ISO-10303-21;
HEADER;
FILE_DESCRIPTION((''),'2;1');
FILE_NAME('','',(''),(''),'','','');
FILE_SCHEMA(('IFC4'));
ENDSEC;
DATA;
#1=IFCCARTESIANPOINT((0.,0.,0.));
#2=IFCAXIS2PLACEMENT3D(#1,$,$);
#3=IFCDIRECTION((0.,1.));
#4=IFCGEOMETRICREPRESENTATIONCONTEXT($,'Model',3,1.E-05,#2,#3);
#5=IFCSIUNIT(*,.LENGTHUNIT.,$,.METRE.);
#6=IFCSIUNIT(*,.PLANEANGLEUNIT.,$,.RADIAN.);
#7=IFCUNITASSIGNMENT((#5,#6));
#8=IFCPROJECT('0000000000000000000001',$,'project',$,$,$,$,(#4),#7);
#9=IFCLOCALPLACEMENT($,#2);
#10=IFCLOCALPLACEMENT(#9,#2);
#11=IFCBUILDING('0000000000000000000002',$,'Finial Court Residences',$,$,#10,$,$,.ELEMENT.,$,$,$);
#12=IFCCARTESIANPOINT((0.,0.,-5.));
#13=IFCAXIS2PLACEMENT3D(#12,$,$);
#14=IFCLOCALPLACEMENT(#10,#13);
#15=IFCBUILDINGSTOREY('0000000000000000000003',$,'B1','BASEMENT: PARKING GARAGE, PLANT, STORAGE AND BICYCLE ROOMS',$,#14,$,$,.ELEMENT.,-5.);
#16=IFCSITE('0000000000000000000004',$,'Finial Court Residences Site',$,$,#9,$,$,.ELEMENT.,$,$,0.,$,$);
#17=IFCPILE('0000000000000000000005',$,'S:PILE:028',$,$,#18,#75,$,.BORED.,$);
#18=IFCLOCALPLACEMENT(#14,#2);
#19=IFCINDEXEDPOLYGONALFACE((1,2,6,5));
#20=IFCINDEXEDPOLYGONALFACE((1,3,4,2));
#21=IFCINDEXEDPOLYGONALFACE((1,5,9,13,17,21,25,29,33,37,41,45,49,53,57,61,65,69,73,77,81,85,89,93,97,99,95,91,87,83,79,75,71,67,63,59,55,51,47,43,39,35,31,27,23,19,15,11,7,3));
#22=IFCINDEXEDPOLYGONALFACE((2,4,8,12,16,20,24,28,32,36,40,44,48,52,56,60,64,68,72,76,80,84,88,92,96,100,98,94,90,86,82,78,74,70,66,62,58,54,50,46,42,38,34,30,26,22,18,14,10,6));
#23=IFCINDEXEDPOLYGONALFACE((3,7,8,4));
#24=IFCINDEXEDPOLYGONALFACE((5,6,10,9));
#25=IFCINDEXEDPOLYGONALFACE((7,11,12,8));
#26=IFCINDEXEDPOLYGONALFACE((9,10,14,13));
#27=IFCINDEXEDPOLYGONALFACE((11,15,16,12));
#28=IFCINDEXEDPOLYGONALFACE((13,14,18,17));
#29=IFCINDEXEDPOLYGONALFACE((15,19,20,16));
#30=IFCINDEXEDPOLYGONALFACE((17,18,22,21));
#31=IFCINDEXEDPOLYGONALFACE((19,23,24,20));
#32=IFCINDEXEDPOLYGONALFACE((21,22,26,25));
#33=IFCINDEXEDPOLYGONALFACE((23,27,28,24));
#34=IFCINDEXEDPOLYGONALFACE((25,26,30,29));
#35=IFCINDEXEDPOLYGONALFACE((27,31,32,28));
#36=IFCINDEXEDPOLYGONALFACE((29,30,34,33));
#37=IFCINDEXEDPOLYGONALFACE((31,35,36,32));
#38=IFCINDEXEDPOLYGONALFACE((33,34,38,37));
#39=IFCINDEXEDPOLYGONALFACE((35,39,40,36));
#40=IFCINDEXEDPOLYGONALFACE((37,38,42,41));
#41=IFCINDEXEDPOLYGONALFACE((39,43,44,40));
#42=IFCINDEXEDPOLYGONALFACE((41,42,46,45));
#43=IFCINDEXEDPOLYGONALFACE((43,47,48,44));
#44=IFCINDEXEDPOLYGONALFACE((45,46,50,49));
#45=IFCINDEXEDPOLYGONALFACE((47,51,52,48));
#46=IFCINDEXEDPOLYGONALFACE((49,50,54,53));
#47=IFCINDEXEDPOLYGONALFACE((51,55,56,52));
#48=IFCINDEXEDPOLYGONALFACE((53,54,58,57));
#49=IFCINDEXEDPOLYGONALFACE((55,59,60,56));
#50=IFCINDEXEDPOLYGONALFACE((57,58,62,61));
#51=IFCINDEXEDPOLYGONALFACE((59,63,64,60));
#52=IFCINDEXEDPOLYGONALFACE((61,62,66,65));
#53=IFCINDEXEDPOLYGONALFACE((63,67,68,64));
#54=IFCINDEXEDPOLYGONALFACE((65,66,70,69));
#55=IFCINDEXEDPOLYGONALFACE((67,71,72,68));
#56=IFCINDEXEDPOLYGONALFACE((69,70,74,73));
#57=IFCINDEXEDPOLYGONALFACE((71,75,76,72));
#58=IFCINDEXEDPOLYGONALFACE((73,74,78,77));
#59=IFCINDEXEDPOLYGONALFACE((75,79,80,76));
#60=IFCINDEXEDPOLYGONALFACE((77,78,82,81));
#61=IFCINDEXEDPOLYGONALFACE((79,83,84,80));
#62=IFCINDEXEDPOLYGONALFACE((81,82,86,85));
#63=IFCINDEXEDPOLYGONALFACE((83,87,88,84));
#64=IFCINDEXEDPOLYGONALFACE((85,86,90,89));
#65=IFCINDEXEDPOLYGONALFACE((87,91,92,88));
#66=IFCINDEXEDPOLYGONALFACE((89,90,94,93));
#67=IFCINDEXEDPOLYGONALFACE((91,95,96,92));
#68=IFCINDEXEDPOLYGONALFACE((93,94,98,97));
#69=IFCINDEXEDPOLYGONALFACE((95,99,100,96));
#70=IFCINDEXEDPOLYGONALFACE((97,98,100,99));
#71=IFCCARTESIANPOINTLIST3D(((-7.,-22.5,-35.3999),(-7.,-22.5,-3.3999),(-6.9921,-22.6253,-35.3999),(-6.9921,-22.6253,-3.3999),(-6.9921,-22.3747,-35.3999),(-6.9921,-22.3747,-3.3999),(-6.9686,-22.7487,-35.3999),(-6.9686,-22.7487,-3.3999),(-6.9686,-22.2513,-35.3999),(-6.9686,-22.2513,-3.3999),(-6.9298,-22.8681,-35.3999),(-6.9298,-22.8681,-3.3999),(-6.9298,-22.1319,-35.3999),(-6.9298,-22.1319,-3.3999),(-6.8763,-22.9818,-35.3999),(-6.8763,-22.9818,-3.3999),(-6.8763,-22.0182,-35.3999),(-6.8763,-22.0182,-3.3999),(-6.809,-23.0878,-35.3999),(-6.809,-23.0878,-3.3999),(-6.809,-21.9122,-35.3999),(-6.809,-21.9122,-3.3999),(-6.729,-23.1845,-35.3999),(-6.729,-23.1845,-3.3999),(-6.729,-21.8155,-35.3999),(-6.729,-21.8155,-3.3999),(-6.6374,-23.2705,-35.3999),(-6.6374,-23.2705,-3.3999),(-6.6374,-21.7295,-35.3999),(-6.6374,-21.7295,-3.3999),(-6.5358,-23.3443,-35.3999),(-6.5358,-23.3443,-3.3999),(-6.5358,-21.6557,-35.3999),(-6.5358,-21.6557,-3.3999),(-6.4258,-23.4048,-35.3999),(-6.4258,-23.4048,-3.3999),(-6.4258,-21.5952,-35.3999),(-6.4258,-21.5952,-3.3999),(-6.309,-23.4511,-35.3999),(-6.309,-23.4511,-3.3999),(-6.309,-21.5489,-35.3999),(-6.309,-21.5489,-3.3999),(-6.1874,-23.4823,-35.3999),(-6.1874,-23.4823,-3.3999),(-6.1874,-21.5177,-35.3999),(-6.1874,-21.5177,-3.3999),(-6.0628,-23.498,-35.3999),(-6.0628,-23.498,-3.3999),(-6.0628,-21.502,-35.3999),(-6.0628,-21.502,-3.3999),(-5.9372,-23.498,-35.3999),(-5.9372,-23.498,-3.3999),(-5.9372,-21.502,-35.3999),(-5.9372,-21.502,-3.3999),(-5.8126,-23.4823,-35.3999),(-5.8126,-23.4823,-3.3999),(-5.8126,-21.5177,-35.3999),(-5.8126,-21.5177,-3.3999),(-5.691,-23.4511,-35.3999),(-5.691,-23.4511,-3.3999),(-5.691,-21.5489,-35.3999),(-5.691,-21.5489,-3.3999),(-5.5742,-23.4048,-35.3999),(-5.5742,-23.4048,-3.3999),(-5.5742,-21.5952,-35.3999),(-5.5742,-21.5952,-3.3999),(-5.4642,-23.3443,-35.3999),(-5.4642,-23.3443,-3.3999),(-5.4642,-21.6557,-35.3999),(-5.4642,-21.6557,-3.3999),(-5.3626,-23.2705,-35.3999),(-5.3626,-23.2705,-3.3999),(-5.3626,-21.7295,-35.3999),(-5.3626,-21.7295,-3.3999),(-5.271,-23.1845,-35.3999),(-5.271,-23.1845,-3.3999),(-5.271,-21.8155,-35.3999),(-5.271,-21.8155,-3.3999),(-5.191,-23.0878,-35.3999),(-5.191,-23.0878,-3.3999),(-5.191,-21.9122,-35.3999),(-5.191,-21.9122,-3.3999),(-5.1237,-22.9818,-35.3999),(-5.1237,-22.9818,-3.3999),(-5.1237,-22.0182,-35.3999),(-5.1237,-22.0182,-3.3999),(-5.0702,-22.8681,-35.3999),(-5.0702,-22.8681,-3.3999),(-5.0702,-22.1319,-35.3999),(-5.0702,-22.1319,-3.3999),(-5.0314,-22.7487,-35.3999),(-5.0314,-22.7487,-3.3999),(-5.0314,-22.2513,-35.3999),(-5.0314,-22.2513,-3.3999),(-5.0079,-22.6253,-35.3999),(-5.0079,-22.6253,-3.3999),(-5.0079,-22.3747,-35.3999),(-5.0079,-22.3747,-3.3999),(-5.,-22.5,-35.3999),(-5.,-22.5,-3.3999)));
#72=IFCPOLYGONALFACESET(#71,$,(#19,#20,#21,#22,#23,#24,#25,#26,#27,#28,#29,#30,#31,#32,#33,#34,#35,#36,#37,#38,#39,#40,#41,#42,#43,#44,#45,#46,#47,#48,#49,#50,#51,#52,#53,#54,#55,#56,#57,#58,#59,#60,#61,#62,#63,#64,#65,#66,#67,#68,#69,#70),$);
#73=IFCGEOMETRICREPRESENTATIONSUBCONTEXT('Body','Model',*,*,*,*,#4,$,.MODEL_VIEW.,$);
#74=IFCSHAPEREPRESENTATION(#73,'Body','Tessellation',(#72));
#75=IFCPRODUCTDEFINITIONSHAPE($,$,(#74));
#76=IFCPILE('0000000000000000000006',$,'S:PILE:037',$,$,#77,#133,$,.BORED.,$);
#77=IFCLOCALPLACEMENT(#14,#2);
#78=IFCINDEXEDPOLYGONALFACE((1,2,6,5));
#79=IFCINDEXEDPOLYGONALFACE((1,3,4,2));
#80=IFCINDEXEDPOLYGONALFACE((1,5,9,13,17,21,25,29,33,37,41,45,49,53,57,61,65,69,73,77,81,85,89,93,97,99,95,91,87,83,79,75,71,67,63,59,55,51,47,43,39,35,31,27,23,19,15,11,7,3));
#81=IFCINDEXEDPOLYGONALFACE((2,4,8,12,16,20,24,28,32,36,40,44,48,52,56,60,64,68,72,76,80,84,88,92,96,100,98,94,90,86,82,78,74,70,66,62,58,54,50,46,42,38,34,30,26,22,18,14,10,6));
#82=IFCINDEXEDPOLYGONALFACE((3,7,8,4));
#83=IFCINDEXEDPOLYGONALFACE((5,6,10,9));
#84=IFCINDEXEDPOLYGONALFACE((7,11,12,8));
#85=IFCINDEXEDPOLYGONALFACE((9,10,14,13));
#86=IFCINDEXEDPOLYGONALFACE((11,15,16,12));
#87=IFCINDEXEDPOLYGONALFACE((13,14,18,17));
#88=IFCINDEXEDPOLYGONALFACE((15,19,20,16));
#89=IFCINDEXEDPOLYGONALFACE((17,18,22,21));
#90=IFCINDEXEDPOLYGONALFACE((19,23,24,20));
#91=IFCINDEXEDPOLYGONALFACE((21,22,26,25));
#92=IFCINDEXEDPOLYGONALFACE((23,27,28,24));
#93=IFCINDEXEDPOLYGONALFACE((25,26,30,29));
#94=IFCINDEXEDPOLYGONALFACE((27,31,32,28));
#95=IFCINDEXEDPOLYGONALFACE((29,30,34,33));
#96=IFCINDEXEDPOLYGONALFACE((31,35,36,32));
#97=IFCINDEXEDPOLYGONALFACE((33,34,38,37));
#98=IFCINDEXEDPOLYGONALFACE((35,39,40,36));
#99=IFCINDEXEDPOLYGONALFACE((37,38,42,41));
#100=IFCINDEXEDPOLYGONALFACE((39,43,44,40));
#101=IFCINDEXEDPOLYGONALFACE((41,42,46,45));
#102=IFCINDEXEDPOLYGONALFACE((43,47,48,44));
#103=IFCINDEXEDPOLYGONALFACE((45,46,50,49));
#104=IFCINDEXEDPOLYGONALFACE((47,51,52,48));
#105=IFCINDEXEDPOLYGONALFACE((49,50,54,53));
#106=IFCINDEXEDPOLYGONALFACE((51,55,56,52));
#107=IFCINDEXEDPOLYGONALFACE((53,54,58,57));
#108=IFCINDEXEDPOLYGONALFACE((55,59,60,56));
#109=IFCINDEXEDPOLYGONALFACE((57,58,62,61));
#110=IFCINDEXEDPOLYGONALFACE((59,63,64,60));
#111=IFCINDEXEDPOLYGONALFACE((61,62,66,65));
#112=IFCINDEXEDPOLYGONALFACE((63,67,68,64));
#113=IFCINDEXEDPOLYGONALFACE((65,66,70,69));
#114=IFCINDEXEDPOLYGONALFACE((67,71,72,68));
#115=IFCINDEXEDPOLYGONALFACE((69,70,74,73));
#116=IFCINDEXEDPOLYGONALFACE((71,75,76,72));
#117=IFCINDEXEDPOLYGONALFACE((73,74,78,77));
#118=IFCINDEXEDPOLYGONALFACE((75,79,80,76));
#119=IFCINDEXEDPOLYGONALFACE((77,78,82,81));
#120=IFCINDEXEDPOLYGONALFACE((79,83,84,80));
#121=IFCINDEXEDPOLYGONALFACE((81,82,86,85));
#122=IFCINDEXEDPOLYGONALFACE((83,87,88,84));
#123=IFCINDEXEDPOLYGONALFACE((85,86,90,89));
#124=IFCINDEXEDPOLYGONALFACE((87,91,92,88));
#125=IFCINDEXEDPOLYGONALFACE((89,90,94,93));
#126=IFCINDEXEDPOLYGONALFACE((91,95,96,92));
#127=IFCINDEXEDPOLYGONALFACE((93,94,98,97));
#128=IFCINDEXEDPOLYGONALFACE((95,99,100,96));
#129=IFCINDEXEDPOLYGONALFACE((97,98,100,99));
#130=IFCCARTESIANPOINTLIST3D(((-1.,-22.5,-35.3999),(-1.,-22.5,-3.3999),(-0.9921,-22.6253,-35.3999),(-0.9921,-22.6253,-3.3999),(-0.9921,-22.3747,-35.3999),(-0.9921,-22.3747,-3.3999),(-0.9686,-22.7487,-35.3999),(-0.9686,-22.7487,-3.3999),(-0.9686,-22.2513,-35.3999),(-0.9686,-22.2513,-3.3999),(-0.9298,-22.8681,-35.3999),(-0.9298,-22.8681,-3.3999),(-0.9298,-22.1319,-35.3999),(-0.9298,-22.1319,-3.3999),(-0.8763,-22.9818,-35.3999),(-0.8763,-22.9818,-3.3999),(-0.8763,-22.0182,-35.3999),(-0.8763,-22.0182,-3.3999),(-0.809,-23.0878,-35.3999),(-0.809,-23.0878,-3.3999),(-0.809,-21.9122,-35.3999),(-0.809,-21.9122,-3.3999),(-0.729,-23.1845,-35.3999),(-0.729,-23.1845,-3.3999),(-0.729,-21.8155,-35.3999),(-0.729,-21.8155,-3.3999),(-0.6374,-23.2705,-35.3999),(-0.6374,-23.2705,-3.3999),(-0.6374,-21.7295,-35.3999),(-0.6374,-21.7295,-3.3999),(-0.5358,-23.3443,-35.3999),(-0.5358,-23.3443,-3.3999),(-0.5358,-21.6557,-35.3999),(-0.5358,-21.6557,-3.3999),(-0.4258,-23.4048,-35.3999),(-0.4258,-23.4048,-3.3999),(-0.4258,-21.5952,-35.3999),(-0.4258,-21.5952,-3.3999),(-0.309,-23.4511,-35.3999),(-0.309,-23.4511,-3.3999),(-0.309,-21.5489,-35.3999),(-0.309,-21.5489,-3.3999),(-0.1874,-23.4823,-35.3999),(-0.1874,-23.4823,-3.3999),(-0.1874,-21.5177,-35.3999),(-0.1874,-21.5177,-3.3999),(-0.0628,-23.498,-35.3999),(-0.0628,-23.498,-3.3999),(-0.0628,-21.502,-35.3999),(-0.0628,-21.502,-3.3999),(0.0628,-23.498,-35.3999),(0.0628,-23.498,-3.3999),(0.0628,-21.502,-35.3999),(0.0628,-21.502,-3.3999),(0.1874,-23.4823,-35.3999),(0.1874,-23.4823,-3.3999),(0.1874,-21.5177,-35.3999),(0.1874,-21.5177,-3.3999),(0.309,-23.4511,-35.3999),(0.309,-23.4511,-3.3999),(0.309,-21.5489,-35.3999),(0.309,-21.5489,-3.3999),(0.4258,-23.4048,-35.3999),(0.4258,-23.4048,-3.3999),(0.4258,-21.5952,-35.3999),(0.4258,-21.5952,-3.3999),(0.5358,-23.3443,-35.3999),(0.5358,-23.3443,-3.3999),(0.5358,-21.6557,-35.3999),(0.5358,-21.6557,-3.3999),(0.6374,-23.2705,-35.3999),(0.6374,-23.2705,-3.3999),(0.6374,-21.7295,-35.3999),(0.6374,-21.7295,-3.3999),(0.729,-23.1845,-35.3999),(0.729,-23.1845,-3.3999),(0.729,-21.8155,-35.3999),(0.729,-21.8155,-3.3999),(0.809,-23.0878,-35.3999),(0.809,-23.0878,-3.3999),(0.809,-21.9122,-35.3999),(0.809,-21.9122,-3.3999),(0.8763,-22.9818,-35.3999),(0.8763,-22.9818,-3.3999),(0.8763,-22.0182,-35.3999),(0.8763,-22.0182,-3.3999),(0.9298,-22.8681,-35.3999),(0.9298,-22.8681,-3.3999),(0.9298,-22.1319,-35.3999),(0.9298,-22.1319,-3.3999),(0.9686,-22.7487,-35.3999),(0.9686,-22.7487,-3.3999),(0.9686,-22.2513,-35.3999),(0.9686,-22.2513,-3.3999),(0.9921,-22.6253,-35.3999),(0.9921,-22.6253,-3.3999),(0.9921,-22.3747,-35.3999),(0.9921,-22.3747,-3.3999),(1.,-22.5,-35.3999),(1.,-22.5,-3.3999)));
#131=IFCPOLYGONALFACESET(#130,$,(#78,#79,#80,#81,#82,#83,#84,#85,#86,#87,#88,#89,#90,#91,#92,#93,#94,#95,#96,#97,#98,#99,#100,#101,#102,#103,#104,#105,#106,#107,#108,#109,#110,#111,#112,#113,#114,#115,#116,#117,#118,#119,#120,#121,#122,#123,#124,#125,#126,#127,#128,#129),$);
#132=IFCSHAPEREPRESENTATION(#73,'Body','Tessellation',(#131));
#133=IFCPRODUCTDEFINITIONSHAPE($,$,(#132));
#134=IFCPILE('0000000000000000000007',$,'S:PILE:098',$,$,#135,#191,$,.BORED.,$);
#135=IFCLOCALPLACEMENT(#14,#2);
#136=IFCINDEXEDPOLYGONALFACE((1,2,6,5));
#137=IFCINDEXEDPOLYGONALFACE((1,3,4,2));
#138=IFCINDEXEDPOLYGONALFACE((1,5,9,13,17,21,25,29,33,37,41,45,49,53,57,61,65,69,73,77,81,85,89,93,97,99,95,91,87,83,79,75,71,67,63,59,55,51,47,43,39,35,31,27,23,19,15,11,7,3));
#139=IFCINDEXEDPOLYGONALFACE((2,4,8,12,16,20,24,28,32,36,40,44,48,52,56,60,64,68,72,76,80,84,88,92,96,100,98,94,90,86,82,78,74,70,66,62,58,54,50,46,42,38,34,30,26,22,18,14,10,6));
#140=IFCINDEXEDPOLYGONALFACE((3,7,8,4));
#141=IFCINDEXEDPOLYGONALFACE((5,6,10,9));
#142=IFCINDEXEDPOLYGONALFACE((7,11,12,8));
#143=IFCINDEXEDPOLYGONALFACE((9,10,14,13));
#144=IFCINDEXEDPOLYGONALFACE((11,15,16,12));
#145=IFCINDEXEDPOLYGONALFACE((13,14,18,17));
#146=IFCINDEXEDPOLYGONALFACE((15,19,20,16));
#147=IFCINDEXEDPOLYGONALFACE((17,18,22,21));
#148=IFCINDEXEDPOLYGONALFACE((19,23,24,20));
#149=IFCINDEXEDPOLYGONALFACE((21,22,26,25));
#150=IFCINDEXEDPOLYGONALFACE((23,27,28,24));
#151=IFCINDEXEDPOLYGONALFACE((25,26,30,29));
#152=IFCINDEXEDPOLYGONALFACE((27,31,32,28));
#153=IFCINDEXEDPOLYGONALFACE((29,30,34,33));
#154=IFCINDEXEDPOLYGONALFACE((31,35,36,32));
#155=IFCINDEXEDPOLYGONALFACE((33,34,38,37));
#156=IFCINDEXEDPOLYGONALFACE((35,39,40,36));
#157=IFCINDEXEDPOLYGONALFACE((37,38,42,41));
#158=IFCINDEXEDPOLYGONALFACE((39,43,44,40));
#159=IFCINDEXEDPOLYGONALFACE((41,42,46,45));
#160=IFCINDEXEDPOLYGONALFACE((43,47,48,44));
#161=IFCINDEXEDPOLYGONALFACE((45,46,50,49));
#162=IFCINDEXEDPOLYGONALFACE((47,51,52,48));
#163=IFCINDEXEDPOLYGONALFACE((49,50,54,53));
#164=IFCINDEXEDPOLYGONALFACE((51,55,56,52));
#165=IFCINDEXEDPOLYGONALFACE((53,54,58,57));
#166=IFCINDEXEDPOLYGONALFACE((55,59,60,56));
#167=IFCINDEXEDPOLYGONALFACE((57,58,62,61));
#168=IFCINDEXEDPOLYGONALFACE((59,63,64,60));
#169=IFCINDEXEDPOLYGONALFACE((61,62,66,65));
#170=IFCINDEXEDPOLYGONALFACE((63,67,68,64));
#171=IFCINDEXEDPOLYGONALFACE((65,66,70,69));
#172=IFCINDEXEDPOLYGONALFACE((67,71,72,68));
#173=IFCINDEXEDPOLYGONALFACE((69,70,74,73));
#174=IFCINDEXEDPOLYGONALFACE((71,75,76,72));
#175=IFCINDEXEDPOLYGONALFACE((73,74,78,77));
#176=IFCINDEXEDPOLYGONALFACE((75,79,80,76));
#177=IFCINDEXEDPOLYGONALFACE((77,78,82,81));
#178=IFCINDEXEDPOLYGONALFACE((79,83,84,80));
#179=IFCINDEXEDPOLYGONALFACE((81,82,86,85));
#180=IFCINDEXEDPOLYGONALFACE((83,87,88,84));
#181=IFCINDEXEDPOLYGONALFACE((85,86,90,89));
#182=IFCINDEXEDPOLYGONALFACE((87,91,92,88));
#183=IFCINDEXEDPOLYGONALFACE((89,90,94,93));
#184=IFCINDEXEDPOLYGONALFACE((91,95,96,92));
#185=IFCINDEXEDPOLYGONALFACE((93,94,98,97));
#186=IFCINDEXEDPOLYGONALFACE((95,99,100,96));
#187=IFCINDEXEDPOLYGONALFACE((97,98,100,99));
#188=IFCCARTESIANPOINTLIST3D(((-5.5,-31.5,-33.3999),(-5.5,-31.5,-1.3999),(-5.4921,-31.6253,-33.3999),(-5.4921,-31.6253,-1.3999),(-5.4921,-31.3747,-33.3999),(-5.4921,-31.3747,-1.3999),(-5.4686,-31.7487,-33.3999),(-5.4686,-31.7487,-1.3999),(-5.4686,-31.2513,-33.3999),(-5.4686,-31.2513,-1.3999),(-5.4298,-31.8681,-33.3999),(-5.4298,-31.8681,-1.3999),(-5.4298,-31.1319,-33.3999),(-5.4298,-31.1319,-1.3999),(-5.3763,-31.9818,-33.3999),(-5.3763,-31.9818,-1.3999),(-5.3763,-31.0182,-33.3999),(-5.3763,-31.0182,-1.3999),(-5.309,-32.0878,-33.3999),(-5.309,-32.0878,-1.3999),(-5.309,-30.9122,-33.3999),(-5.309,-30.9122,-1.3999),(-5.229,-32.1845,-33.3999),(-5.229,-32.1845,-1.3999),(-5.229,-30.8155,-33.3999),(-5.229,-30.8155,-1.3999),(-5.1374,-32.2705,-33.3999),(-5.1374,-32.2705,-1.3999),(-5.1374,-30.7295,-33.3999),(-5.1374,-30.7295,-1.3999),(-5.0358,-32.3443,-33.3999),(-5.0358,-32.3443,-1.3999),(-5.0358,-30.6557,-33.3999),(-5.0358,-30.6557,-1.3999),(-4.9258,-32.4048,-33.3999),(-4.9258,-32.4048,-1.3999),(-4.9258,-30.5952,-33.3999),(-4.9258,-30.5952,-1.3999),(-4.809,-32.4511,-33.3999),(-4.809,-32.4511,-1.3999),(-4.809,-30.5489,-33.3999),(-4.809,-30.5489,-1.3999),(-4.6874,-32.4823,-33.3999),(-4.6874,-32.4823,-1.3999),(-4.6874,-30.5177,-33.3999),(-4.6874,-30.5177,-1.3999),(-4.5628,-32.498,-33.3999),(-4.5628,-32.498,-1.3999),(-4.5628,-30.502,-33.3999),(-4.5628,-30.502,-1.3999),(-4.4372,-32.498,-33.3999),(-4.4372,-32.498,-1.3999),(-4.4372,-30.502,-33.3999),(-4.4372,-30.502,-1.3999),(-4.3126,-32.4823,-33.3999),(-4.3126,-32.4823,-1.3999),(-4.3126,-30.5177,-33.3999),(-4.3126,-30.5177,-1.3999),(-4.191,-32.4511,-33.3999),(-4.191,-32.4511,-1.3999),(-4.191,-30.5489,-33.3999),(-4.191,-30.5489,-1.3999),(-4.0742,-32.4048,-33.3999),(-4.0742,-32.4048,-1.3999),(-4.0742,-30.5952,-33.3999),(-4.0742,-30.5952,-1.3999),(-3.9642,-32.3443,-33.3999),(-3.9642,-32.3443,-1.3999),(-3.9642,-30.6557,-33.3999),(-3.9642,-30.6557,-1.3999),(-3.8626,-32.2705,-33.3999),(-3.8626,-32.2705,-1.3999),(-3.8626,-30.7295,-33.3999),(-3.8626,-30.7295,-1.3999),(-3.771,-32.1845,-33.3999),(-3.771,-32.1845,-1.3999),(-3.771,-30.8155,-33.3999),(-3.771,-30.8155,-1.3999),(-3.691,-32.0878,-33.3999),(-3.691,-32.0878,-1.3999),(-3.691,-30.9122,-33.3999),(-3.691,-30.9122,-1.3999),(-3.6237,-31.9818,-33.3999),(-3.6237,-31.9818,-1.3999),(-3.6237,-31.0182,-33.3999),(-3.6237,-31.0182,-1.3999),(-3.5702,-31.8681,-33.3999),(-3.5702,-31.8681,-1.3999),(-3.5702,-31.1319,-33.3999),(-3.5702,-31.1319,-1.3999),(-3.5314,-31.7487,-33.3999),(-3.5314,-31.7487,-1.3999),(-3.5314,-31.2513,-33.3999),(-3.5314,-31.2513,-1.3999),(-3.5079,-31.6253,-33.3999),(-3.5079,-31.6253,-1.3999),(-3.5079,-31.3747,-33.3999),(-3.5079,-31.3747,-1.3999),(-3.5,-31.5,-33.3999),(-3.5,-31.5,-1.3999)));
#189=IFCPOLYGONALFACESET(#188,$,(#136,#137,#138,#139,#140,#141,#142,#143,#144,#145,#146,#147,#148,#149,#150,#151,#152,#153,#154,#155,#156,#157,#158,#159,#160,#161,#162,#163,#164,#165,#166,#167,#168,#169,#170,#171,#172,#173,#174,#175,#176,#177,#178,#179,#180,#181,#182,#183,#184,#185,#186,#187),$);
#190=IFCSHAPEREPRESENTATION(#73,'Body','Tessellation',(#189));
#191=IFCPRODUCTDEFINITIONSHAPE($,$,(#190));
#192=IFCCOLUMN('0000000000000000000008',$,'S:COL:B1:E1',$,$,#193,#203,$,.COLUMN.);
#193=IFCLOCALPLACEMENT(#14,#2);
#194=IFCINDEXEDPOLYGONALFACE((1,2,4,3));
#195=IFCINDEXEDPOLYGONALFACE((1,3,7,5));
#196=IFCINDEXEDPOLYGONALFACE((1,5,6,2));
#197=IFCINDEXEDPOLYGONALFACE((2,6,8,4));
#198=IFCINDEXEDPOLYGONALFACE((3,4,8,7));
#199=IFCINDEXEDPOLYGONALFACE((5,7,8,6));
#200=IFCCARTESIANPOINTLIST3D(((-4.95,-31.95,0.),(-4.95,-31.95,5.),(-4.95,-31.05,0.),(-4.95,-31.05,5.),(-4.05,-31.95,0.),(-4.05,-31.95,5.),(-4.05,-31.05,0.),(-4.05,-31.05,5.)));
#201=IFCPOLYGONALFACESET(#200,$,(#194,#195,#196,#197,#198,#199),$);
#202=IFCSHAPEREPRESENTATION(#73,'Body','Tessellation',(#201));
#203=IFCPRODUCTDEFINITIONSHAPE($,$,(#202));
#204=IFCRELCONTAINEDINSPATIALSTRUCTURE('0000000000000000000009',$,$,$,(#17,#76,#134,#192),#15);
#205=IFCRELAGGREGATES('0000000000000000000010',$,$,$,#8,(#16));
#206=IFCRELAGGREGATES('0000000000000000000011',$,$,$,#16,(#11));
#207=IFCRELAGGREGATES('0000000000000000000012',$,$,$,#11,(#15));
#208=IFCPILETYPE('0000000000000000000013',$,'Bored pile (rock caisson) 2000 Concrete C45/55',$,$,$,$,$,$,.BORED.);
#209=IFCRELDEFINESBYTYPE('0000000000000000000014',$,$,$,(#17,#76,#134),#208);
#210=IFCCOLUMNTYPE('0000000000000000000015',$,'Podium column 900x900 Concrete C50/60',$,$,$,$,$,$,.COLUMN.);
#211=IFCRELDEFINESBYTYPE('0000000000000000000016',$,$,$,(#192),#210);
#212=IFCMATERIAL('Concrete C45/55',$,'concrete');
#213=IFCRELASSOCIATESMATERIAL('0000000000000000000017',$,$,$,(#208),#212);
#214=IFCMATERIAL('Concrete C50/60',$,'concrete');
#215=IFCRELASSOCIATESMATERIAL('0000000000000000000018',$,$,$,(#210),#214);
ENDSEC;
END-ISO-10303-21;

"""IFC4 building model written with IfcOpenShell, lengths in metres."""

from ifc_helpers import new_model, si_unit, direction, frame, origin, origin_2d, place, context, subcontext, project, spatial, rectangle, circle, extrude, material, material_profile, profile_set, type_object, element, save


model = new_model("IFC4")

# Units and contexts
model_context = context("Model", 3, precision=1e-05, world=origin(), true_north=direction((0.0, 1.0)))
body_context = subcontext(model_context, "Body", "Model", "MODEL_VIEW")
ifc_project = project(units=[si_unit("LENGTHUNIT", "METRE"), si_unit("PLANEANGLEUNIT", "RADIAN")], contexts=[model_context])

# Site, building, storey
site_placement = place(None, origin())
site = spatial("IfcSite", under=ifc_project, at=site_placement, Name="Finial Court Residences Site", CompositionType="ELEMENT", RefElevation=0.0)
building_placement = place(site_placement, origin())
building = spatial("IfcBuilding", under=site, at=building_placement, Name="Finial Court Residences", CompositionType="ELEMENT")
storey_placement = place(building_placement, frame((0.0, 0.0, -5.0)))
storey = spatial("IfcBuildingStorey", under=building, at=storey_placement, Name="B1", Description="BASEMENT: PARKING GARAGE, PLANT, STORAGE AND BICYCLE ROOMS", CompositionType="ELEMENT", Elevation=-5.0)

# Piles
ifc_material_1 = material(Name="Concrete C45/55", Category="concrete")
ifc_material_profile_1 = material_profile(ifc_material_1, circle(Radius=1.0, at=origin_2d()), Name="D2000")
ifc_profile_set_1 = profile_set([ifc_material_profile_1], Name="Concrete C45/55")
pile_type = type_object("IfcPileType", Name="Bored pile (rock caisson) 2000 Concrete C45/55", PredefinedType="BORED", material=ifc_profile_set_1)
for number, where, z_axis, x_axis, name in (
    (1, (-6.0, -22.5, -3.3999), (0.0, 0.0, -1.0), (1.0, 0.0, 0.0), "S:PILE:028"),
    (2, (0.0, -22.5, -3.3999), (0.0, 0.0, -1.0), (1.0, 0.0, 0.0), "S:PILE:037"),
    (3, (-4.5, -31.5, -1.3999), (0.0, 0.0, -1.0), (1.0, 0.0, 0.0), "S:PILE:098"),
):
    element("IfcPile", number, at=place(storey_placement, frame(where, z_axis=z_axis, x_axis=x_axis)), inside=storey, type_object=pile_type, Name=name, PredefinedType="BORED", context=body_context, shape_type="SweptSolid", body=[
        extrude(circle(Radius=1.0, at=origin_2d()), origin(), (0.0, 0.0, 1.0), 32.0),
    ])

# Column
ifc_material_2 = material(Name="Concrete C50/60", Category="concrete")
ifc_material_profile_2 = material_profile(ifc_material_2, rectangle(XDim=0.8999, YDim=0.8999, at=origin_2d()), Name="900x900")
ifc_profile_set_2 = profile_set([ifc_material_profile_2], Name="Concrete C50/60")
column_type = type_object("IfcColumnType", Name="Podium column 900x900 Concrete C50/60", PredefinedType="COLUMN", material=ifc_profile_set_2)
column_placement = place(storey_placement, frame((-4.5, -31.5, 0.0), z_axis=(0.0, 0.0, 1.0), x_axis=(1.0, 0.0, 0.0)))
element("IfcColumn", 4, at=column_placement, inside=storey, type_object=column_type, Name="S:COL:B1:E1", PredefinedType="COLUMN", context=body_context, shape_type="SweptSolid", body=[
    extrude(rectangle(XDim=0.8999, YDim=0.8999, at=origin_2d()), origin(), (0.0, 0.0, 1.0), 5.0),
])

save(model, "model.ifc")
